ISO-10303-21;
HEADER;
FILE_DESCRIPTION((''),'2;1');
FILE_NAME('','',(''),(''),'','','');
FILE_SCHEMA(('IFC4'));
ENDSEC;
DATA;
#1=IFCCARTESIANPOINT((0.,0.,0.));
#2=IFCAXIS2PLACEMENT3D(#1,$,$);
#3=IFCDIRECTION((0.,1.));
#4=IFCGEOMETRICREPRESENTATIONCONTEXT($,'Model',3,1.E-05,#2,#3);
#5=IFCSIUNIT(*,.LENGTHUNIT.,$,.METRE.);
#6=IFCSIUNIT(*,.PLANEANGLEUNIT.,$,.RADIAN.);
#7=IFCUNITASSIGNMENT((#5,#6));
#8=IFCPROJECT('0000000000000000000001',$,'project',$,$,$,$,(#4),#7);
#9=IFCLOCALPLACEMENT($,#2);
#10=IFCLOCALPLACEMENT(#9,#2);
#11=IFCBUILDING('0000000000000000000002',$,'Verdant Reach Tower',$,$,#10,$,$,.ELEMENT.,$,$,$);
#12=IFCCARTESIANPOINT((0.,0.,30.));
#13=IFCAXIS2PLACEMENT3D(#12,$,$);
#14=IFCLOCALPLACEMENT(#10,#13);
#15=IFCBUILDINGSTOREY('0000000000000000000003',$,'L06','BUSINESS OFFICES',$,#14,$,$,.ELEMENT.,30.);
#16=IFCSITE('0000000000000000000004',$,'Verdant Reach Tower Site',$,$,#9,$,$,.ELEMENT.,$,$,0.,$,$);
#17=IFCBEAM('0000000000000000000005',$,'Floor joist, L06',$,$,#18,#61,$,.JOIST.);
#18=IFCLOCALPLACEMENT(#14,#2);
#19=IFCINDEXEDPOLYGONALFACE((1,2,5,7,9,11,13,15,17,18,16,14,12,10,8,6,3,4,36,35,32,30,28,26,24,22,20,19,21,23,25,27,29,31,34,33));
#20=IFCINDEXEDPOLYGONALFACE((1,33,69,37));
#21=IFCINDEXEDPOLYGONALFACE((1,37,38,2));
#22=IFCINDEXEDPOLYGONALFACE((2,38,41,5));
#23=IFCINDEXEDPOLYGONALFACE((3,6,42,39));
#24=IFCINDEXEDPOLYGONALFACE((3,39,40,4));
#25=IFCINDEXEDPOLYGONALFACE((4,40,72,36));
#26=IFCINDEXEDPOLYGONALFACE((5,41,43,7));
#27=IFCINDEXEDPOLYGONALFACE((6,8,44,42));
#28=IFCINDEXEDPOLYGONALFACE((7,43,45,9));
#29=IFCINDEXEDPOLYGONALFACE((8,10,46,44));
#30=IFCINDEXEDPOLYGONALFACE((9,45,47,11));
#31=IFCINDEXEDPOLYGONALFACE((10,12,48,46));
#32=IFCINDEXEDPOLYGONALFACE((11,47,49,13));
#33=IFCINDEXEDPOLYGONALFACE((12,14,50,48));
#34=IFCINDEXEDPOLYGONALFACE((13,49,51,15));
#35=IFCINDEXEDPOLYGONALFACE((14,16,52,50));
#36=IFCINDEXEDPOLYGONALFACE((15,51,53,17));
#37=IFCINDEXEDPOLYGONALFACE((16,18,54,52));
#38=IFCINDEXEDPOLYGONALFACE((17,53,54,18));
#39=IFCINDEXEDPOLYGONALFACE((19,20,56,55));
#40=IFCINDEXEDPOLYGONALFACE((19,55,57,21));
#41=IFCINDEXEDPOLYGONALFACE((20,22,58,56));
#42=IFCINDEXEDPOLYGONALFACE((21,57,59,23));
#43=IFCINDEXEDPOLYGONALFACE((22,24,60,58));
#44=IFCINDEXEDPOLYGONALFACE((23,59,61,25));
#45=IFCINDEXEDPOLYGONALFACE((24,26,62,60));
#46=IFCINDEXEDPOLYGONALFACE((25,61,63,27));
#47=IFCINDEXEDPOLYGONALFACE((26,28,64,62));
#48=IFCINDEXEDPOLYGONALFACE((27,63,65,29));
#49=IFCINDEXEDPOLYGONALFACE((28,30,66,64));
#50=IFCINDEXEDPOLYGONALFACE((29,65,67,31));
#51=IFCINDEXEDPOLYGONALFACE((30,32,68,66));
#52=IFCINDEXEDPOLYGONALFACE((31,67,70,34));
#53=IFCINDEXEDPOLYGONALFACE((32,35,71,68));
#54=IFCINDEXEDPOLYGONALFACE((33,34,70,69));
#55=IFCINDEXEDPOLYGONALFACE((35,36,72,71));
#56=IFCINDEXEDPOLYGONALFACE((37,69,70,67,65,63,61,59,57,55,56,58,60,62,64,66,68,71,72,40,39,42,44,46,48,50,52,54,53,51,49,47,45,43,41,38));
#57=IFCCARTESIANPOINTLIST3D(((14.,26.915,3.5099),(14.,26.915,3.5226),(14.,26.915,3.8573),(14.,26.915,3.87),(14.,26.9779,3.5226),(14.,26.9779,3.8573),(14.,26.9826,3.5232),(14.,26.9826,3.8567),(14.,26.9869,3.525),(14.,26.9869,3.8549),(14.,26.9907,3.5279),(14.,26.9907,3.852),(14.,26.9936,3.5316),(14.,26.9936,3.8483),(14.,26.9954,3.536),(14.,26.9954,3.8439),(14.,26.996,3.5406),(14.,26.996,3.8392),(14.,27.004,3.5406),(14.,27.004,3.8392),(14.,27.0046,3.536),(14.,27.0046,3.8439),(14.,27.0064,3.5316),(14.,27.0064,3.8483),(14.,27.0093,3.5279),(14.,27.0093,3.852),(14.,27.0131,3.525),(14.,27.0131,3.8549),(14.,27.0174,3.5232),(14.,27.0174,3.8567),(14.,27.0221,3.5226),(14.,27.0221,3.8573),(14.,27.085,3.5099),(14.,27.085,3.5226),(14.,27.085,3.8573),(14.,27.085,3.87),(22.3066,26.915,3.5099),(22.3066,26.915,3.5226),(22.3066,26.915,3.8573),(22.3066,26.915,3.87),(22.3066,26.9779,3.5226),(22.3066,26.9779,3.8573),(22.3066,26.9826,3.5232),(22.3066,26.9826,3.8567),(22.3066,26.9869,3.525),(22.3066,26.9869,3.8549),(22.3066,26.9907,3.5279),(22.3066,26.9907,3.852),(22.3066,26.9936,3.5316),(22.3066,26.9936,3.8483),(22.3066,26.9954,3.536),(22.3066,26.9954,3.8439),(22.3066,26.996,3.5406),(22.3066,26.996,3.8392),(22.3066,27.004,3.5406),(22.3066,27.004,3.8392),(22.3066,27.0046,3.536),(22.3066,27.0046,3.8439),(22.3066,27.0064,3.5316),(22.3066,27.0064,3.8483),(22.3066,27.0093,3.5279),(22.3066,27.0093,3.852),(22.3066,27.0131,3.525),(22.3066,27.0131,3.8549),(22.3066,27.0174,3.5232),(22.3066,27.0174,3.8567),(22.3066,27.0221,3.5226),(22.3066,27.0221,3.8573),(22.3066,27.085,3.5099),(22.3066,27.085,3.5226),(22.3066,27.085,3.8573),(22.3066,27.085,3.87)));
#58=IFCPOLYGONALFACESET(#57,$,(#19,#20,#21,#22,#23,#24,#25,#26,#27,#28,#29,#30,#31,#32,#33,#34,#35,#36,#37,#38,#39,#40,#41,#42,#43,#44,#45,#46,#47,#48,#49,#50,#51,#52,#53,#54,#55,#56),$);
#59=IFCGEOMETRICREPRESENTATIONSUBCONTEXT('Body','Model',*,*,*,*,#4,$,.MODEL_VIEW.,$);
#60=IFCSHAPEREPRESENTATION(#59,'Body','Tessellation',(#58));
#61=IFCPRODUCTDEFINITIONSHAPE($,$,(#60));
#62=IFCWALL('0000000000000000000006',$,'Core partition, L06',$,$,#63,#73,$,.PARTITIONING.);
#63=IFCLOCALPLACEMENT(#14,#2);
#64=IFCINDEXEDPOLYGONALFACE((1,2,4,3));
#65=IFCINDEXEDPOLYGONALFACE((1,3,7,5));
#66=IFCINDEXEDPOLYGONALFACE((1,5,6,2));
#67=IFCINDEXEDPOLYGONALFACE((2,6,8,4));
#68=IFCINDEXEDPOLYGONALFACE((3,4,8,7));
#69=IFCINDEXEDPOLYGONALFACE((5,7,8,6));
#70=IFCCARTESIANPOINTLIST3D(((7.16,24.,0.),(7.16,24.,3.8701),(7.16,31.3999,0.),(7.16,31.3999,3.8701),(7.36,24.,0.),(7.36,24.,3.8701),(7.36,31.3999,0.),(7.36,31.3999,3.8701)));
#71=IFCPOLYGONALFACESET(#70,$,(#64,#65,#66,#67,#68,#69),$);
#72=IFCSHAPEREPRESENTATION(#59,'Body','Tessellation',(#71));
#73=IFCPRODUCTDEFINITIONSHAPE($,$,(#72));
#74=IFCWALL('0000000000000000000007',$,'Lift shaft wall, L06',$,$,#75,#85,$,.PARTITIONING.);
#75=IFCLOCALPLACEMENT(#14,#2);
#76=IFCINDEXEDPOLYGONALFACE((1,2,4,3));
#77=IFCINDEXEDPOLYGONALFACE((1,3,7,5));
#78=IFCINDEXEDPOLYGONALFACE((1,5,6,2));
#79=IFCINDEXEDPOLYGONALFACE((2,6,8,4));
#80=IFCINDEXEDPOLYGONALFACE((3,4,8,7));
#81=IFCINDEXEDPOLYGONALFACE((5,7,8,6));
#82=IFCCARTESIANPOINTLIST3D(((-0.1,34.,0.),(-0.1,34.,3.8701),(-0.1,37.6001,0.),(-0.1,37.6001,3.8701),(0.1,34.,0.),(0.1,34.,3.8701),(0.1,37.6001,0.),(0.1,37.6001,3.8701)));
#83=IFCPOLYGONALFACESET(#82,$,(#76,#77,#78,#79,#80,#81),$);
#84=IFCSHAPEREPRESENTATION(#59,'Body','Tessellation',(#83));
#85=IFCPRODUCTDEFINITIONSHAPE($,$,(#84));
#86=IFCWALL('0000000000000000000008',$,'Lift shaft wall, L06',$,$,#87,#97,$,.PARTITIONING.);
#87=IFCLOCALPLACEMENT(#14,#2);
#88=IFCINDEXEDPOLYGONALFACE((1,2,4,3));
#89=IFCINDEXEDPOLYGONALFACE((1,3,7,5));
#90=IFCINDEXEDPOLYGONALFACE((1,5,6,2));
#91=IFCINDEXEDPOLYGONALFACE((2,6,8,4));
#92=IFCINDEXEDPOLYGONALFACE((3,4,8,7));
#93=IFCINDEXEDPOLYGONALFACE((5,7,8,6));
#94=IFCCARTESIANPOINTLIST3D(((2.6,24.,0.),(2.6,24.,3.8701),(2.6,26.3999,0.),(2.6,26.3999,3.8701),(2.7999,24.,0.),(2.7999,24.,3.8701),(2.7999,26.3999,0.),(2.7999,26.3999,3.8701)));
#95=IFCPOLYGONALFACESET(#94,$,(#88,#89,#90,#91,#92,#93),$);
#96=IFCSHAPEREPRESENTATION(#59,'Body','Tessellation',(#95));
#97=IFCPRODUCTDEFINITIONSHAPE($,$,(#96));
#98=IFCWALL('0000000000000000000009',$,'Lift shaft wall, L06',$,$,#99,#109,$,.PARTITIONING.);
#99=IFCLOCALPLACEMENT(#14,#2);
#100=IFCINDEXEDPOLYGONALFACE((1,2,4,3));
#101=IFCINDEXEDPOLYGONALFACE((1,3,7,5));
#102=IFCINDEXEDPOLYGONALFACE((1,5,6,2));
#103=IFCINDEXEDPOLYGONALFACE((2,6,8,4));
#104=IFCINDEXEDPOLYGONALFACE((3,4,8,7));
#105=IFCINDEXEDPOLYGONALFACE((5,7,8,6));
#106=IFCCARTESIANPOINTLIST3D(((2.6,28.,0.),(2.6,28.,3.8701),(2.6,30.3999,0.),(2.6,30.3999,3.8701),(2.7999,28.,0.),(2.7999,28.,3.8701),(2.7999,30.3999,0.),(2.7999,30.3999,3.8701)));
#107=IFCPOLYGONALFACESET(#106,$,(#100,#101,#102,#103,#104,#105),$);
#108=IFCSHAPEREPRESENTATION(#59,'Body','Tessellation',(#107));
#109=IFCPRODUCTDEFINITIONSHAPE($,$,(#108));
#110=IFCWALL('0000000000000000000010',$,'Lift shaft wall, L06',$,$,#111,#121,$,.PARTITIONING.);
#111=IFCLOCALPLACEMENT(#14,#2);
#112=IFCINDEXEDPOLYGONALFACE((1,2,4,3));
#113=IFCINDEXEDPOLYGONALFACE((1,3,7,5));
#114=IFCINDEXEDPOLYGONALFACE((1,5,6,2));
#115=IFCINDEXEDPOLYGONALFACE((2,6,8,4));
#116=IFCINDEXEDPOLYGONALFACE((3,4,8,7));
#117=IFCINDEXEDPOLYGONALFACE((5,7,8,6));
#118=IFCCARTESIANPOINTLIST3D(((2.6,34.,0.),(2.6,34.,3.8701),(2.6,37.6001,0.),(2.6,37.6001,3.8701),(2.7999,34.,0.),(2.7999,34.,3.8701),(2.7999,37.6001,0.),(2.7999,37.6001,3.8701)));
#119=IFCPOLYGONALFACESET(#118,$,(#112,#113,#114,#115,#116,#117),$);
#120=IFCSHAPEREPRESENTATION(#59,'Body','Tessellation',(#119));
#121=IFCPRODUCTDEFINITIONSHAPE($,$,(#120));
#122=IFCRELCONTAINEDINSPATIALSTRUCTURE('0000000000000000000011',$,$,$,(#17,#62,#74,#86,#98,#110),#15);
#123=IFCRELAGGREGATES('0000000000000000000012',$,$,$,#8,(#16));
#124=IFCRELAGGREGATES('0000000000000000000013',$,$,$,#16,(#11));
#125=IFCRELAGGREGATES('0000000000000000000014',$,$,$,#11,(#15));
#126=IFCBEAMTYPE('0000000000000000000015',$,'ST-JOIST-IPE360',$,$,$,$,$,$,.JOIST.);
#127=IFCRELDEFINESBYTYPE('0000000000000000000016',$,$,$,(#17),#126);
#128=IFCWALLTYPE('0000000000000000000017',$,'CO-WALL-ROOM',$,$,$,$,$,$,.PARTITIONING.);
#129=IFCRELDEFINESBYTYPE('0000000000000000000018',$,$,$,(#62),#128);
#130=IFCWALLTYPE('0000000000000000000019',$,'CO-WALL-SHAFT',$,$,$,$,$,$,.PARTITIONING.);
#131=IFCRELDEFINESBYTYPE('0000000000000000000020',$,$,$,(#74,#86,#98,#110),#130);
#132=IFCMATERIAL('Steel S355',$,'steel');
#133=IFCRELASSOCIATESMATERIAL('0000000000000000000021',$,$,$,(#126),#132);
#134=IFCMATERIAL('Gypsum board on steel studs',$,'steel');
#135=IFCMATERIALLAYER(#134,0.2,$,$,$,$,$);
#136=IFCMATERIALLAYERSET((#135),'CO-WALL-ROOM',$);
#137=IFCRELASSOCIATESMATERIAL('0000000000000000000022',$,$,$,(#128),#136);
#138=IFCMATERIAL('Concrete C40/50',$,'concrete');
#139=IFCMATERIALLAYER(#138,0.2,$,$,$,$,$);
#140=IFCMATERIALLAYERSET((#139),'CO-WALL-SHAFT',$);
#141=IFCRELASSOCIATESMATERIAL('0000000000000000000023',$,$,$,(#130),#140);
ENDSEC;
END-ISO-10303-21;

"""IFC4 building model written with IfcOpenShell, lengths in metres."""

from ifc_helpers import new_model, si_unit, direction, frame, frame_2d, origin, origin_2d, place, context, subcontext, project, spatial, rectangle, i_section, extrude, material, layer, layer_set, material_profile, profile_set, type_object, element, save


model = new_model("IFC4")

# Units and contexts
model_context = context("Model", 3, precision=1e-05, world=origin(), true_north=direction((0.0, 1.0)))
body_context = subcontext(model_context, "Body", "Model", "MODEL_VIEW")
ifc_project = project(units=[si_unit("LENGTHUNIT", "METRE"), si_unit("PLANEANGLEUNIT", "RADIAN")], contexts=[model_context])

# Site, building, storey
site_placement = place(None, origin())
site = spatial("IfcSite", under=ifc_project, at=site_placement, Name="Verdant Reach Tower Site", CompositionType="ELEMENT", RefElevation=0.0)
building_placement = place(site_placement, origin())
building = spatial("IfcBuilding", under=site, at=building_placement, Name="Verdant Reach Tower", CompositionType="ELEMENT")
storey_placement = place(building_placement, frame((0.0, 0.0, 30.0)))
storey = spatial("IfcBuildingStorey", under=building, at=storey_placement, Name="L06", Description="BUSINESS OFFICES", CompositionType="ELEMENT", Elevation=30.0)

# Beam
ifc_material_1 = material(Name="Steel S355", Category="steel")
ifc_material_profile = material_profile(ifc_material_1, i_section(OverallWidth=0.1699, OverallDepth=0.3601, WebThickness=0.0081, FlangeThickness=0.0127, FilletRadius=0.0181, at=origin_2d()), Name="IPE 360")
ifc_profile_set = profile_set([ifc_material_profile], Name="Steel S355")
beam_type = type_object("IfcBeamType", Name="ST-JOIST-IPE360", PredefinedType="JOIST", material=ifc_profile_set)
beam_placement = place(storey_placement, frame((14.0, 27.0, 3.6899), z_axis=(1.0, 0.0, 0.0), x_axis=(0.0, 1.0, 0.0)))
element("IfcBeam", 1, at=beam_placement, inside=storey, type_object=beam_type, Name="Floor joist, L06", PredefinedType="JOIST", context=body_context, shape_type="SweptSolid", body=[
    extrude(i_section(OverallWidth=0.1699, OverallDepth=0.3601, WebThickness=0.0081, FlangeThickness=0.0127, FilletRadius=0.0181, at=origin_2d()), origin(), (0.0, 0.0, 1.0), 8.3066),
])

# Walls
ifc_material_2 = material(Name="Gypsum board on steel studs", Category="steel")
ifc_layer_1 = layer(ifc_material_2, 0.2)
ifc_layer_set_1 = layer_set([ifc_layer_1], Name="CO-WALL-ROOM")
wall_type_1 = type_object("IfcWallType", Name="CO-WALL-ROOM", PredefinedType="PARTITIONING", material=ifc_layer_set_1)
wall_1_placement = place(storey_placement, frame((7.26, 24.0, 0.0), z_axis=(0.0, 0.0, 1.0), x_axis=(0.0, 1.0, 0.0)))
element("IfcWall", 2, at=wall_1_placement, inside=storey, type_object=wall_type_1, Name="Core partition, L06", PredefinedType="PARTITIONING", context=body_context, shape_type="SweptSolid", body=[
    extrude(rectangle(XDim=7.3999, YDim=0.2, at=frame_2d((3.7, 0.0))), origin(), (0.0, 0.0, 1.0), 3.8701),
])
ifc_material_3 = material(Name="Concrete C40/50", Category="concrete")
ifc_layer_2 = layer(ifc_material_3, 0.2)
ifc_layer_set_2 = layer_set([ifc_layer_2], Name="CO-WALL-SHAFT")
wall_type_2 = type_object("IfcWallType", Name="CO-WALL-SHAFT", PredefinedType="PARTITIONING", material=ifc_layer_set_2)
wall_2_placement = place(storey_placement, frame((0.0, 34.0, 0.0), z_axis=(0.0, 0.0, 1.0), x_axis=(0.0, 1.0, 0.0)))
element("IfcWall", 3, at=wall_2_placement, inside=storey, type_object=wall_type_2, Name="Lift shaft wall, L06", PredefinedType="PARTITIONING", context=body_context, shape_type="SweptSolid", body=[
    extrude(rectangle(XDim=3.6001, YDim=0.2, at=frame_2d((1.8, 0.0))), origin(), (0.0, 0.0, 1.0), 3.8701),
])
for number, where, z_axis, x_axis, name in (
    (4, (2.7, 24.0, 0.0), (0.0, 0.0, 1.0), (0.0, 1.0, 0.0), "Lift shaft wall, L06"),
    (5, (2.7, 28.0, 0.0), (0.0, 0.0, 1.0), (0.0, 1.0, 0.0), "Lift shaft wall, L06"),
):
    element("IfcWall", number, at=place(storey_placement, frame(where, z_axis=z_axis, x_axis=x_axis)), inside=storey, type_object=wall_type_2, Name=name, PredefinedType="PARTITIONING", context=body_context, shape_type="SweptSolid", body=[
        extrude(rectangle(XDim=2.3999, YDim=0.2, at=frame_2d((1.2, 0.0))), origin(), (0.0, 0.0, 1.0), 3.8701),
    ])
wall_3_placement = place(storey_placement, frame((2.7, 34.0, 0.0), z_axis=(0.0, 0.0, 1.0), x_axis=(0.0, 1.0, 0.0)))
element("IfcWall", 6, at=wall_3_placement, inside=storey, type_object=wall_type_2, Name="Lift shaft wall, L06", PredefinedType="PARTITIONING", context=body_context, shape_type="SweptSolid", body=[
    extrude(rectangle(XDim=3.6001, YDim=0.2, at=frame_2d((1.8, 0.0))), origin(), (0.0, 0.0, 1.0), 3.8701),
])

save(model, "model.ifc")
